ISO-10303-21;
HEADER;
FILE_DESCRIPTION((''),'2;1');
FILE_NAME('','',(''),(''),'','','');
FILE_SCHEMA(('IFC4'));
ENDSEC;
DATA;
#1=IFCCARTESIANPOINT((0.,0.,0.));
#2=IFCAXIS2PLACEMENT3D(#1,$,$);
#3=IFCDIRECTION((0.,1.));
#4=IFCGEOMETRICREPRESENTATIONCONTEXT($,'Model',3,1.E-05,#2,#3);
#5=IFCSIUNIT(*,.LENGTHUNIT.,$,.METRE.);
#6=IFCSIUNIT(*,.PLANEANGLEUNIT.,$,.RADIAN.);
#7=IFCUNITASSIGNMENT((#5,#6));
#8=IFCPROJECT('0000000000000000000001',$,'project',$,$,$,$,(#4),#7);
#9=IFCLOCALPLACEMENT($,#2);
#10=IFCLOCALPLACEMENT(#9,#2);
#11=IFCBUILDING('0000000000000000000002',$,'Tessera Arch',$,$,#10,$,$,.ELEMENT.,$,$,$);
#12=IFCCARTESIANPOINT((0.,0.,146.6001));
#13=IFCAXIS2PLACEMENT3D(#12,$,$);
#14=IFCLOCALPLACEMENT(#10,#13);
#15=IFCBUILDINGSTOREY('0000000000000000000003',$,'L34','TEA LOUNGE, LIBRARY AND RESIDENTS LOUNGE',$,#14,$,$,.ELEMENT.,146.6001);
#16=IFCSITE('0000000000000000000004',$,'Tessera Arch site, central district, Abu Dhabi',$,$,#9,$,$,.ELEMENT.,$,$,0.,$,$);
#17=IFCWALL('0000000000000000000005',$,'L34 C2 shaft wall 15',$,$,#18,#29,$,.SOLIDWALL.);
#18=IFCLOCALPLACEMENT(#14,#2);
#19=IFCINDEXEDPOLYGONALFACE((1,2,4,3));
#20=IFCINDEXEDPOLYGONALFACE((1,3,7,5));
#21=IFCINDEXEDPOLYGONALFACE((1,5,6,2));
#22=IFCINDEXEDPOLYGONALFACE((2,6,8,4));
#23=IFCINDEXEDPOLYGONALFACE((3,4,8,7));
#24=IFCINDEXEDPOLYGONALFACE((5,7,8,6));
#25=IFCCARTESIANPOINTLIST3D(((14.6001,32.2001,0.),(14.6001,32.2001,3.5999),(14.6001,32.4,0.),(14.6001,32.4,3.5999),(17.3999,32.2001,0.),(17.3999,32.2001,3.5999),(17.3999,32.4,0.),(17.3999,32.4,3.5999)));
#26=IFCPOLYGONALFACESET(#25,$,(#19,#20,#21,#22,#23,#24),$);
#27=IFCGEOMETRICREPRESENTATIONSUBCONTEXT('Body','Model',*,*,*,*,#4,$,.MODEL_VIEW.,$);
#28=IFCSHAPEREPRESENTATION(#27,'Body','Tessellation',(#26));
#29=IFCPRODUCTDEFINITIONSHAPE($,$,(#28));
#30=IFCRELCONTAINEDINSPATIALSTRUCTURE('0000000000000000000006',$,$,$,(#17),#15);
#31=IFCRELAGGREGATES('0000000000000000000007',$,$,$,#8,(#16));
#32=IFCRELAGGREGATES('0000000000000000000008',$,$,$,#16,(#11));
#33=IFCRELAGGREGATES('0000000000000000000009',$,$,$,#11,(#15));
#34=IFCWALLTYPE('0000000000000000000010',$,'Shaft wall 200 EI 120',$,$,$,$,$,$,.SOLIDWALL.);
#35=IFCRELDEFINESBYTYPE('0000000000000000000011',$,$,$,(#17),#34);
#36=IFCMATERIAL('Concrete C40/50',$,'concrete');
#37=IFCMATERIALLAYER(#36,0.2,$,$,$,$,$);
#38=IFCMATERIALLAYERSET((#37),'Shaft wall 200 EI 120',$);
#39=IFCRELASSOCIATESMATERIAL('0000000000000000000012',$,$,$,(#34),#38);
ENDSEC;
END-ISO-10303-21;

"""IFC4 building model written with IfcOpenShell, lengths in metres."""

from ifc_helpers import new_model, si_unit, direction, frame, frame_2d, origin, place, context, subcontext, project, spatial, rectangle, extrude, material, layer, layer_set, type_object, element, save


model = new_model("IFC4")

# Units and contexts
model_context = context("Model", 3, precision=1e-05, world=origin(), true_north=direction((0.0, 1.0)))
body_context = subcontext(model_context, "Body", "Model", "MODEL_VIEW")
ifc_project = project(units=[si_unit("LENGTHUNIT", "METRE"), si_unit("PLANEANGLEUNIT", "RADIAN")], contexts=[model_context])

# Site, building, storey
site_placement = place(None, origin())
site = spatial("IfcSite", under=ifc_project, at=site_placement, Name="Tessera Arch site, central district, Abu Dhabi", CompositionType="ELEMENT", RefElevation=0.0)
building_placement = place(site_placement, origin())
building = spatial("IfcBuilding", under=site, at=building_placement, Name="Tessera Arch", CompositionType="ELEMENT")
storey_placement = place(building_placement, frame((0.0, 0.0, 146.6001)))
storey = spatial("IfcBuildingStorey", under=building, at=storey_placement, Name="L34", Description="TEA LOUNGE, LIBRARY AND RESIDENTS LOUNGE", CompositionType="ELEMENT", Elevation=146.6001)

# Wall
ifc_material_1 = material(Name="Concrete C40/50", Category="concrete")
ifc_layer_1 = layer(ifc_material_1, 0.2)
ifc_layer_set_1 = layer_set([ifc_layer_1], Name="Shaft wall 200 EI 120")
wall_type_1 = type_object("IfcWallType", Name="Shaft wall 200 EI 120", PredefinedType="SOLIDWALL", material=ifc_layer_set_1)
wall_1_placement = place(storey_placement, frame((14.6001, 32.3, 0.0), z_axis=(0.0, 0.0, 1.0), x_axis=(1.0, 0.0, 0.0)))
element("IfcWall", 1, at=wall_1_placement, inside=storey, type_object=wall_type_1, Name="L34 C2 shaft wall 15", PredefinedType="SOLIDWALL", context=body_context, shape_type="SweptSolid", body=[
    extrude(rectangle(XDim=2.7998, YDim=0.2, at=frame_2d((1.3999, 0.0))), origin(), (0.0, 0.0, 1.0), 3.5999),
])

save(model, "model.ifc")
